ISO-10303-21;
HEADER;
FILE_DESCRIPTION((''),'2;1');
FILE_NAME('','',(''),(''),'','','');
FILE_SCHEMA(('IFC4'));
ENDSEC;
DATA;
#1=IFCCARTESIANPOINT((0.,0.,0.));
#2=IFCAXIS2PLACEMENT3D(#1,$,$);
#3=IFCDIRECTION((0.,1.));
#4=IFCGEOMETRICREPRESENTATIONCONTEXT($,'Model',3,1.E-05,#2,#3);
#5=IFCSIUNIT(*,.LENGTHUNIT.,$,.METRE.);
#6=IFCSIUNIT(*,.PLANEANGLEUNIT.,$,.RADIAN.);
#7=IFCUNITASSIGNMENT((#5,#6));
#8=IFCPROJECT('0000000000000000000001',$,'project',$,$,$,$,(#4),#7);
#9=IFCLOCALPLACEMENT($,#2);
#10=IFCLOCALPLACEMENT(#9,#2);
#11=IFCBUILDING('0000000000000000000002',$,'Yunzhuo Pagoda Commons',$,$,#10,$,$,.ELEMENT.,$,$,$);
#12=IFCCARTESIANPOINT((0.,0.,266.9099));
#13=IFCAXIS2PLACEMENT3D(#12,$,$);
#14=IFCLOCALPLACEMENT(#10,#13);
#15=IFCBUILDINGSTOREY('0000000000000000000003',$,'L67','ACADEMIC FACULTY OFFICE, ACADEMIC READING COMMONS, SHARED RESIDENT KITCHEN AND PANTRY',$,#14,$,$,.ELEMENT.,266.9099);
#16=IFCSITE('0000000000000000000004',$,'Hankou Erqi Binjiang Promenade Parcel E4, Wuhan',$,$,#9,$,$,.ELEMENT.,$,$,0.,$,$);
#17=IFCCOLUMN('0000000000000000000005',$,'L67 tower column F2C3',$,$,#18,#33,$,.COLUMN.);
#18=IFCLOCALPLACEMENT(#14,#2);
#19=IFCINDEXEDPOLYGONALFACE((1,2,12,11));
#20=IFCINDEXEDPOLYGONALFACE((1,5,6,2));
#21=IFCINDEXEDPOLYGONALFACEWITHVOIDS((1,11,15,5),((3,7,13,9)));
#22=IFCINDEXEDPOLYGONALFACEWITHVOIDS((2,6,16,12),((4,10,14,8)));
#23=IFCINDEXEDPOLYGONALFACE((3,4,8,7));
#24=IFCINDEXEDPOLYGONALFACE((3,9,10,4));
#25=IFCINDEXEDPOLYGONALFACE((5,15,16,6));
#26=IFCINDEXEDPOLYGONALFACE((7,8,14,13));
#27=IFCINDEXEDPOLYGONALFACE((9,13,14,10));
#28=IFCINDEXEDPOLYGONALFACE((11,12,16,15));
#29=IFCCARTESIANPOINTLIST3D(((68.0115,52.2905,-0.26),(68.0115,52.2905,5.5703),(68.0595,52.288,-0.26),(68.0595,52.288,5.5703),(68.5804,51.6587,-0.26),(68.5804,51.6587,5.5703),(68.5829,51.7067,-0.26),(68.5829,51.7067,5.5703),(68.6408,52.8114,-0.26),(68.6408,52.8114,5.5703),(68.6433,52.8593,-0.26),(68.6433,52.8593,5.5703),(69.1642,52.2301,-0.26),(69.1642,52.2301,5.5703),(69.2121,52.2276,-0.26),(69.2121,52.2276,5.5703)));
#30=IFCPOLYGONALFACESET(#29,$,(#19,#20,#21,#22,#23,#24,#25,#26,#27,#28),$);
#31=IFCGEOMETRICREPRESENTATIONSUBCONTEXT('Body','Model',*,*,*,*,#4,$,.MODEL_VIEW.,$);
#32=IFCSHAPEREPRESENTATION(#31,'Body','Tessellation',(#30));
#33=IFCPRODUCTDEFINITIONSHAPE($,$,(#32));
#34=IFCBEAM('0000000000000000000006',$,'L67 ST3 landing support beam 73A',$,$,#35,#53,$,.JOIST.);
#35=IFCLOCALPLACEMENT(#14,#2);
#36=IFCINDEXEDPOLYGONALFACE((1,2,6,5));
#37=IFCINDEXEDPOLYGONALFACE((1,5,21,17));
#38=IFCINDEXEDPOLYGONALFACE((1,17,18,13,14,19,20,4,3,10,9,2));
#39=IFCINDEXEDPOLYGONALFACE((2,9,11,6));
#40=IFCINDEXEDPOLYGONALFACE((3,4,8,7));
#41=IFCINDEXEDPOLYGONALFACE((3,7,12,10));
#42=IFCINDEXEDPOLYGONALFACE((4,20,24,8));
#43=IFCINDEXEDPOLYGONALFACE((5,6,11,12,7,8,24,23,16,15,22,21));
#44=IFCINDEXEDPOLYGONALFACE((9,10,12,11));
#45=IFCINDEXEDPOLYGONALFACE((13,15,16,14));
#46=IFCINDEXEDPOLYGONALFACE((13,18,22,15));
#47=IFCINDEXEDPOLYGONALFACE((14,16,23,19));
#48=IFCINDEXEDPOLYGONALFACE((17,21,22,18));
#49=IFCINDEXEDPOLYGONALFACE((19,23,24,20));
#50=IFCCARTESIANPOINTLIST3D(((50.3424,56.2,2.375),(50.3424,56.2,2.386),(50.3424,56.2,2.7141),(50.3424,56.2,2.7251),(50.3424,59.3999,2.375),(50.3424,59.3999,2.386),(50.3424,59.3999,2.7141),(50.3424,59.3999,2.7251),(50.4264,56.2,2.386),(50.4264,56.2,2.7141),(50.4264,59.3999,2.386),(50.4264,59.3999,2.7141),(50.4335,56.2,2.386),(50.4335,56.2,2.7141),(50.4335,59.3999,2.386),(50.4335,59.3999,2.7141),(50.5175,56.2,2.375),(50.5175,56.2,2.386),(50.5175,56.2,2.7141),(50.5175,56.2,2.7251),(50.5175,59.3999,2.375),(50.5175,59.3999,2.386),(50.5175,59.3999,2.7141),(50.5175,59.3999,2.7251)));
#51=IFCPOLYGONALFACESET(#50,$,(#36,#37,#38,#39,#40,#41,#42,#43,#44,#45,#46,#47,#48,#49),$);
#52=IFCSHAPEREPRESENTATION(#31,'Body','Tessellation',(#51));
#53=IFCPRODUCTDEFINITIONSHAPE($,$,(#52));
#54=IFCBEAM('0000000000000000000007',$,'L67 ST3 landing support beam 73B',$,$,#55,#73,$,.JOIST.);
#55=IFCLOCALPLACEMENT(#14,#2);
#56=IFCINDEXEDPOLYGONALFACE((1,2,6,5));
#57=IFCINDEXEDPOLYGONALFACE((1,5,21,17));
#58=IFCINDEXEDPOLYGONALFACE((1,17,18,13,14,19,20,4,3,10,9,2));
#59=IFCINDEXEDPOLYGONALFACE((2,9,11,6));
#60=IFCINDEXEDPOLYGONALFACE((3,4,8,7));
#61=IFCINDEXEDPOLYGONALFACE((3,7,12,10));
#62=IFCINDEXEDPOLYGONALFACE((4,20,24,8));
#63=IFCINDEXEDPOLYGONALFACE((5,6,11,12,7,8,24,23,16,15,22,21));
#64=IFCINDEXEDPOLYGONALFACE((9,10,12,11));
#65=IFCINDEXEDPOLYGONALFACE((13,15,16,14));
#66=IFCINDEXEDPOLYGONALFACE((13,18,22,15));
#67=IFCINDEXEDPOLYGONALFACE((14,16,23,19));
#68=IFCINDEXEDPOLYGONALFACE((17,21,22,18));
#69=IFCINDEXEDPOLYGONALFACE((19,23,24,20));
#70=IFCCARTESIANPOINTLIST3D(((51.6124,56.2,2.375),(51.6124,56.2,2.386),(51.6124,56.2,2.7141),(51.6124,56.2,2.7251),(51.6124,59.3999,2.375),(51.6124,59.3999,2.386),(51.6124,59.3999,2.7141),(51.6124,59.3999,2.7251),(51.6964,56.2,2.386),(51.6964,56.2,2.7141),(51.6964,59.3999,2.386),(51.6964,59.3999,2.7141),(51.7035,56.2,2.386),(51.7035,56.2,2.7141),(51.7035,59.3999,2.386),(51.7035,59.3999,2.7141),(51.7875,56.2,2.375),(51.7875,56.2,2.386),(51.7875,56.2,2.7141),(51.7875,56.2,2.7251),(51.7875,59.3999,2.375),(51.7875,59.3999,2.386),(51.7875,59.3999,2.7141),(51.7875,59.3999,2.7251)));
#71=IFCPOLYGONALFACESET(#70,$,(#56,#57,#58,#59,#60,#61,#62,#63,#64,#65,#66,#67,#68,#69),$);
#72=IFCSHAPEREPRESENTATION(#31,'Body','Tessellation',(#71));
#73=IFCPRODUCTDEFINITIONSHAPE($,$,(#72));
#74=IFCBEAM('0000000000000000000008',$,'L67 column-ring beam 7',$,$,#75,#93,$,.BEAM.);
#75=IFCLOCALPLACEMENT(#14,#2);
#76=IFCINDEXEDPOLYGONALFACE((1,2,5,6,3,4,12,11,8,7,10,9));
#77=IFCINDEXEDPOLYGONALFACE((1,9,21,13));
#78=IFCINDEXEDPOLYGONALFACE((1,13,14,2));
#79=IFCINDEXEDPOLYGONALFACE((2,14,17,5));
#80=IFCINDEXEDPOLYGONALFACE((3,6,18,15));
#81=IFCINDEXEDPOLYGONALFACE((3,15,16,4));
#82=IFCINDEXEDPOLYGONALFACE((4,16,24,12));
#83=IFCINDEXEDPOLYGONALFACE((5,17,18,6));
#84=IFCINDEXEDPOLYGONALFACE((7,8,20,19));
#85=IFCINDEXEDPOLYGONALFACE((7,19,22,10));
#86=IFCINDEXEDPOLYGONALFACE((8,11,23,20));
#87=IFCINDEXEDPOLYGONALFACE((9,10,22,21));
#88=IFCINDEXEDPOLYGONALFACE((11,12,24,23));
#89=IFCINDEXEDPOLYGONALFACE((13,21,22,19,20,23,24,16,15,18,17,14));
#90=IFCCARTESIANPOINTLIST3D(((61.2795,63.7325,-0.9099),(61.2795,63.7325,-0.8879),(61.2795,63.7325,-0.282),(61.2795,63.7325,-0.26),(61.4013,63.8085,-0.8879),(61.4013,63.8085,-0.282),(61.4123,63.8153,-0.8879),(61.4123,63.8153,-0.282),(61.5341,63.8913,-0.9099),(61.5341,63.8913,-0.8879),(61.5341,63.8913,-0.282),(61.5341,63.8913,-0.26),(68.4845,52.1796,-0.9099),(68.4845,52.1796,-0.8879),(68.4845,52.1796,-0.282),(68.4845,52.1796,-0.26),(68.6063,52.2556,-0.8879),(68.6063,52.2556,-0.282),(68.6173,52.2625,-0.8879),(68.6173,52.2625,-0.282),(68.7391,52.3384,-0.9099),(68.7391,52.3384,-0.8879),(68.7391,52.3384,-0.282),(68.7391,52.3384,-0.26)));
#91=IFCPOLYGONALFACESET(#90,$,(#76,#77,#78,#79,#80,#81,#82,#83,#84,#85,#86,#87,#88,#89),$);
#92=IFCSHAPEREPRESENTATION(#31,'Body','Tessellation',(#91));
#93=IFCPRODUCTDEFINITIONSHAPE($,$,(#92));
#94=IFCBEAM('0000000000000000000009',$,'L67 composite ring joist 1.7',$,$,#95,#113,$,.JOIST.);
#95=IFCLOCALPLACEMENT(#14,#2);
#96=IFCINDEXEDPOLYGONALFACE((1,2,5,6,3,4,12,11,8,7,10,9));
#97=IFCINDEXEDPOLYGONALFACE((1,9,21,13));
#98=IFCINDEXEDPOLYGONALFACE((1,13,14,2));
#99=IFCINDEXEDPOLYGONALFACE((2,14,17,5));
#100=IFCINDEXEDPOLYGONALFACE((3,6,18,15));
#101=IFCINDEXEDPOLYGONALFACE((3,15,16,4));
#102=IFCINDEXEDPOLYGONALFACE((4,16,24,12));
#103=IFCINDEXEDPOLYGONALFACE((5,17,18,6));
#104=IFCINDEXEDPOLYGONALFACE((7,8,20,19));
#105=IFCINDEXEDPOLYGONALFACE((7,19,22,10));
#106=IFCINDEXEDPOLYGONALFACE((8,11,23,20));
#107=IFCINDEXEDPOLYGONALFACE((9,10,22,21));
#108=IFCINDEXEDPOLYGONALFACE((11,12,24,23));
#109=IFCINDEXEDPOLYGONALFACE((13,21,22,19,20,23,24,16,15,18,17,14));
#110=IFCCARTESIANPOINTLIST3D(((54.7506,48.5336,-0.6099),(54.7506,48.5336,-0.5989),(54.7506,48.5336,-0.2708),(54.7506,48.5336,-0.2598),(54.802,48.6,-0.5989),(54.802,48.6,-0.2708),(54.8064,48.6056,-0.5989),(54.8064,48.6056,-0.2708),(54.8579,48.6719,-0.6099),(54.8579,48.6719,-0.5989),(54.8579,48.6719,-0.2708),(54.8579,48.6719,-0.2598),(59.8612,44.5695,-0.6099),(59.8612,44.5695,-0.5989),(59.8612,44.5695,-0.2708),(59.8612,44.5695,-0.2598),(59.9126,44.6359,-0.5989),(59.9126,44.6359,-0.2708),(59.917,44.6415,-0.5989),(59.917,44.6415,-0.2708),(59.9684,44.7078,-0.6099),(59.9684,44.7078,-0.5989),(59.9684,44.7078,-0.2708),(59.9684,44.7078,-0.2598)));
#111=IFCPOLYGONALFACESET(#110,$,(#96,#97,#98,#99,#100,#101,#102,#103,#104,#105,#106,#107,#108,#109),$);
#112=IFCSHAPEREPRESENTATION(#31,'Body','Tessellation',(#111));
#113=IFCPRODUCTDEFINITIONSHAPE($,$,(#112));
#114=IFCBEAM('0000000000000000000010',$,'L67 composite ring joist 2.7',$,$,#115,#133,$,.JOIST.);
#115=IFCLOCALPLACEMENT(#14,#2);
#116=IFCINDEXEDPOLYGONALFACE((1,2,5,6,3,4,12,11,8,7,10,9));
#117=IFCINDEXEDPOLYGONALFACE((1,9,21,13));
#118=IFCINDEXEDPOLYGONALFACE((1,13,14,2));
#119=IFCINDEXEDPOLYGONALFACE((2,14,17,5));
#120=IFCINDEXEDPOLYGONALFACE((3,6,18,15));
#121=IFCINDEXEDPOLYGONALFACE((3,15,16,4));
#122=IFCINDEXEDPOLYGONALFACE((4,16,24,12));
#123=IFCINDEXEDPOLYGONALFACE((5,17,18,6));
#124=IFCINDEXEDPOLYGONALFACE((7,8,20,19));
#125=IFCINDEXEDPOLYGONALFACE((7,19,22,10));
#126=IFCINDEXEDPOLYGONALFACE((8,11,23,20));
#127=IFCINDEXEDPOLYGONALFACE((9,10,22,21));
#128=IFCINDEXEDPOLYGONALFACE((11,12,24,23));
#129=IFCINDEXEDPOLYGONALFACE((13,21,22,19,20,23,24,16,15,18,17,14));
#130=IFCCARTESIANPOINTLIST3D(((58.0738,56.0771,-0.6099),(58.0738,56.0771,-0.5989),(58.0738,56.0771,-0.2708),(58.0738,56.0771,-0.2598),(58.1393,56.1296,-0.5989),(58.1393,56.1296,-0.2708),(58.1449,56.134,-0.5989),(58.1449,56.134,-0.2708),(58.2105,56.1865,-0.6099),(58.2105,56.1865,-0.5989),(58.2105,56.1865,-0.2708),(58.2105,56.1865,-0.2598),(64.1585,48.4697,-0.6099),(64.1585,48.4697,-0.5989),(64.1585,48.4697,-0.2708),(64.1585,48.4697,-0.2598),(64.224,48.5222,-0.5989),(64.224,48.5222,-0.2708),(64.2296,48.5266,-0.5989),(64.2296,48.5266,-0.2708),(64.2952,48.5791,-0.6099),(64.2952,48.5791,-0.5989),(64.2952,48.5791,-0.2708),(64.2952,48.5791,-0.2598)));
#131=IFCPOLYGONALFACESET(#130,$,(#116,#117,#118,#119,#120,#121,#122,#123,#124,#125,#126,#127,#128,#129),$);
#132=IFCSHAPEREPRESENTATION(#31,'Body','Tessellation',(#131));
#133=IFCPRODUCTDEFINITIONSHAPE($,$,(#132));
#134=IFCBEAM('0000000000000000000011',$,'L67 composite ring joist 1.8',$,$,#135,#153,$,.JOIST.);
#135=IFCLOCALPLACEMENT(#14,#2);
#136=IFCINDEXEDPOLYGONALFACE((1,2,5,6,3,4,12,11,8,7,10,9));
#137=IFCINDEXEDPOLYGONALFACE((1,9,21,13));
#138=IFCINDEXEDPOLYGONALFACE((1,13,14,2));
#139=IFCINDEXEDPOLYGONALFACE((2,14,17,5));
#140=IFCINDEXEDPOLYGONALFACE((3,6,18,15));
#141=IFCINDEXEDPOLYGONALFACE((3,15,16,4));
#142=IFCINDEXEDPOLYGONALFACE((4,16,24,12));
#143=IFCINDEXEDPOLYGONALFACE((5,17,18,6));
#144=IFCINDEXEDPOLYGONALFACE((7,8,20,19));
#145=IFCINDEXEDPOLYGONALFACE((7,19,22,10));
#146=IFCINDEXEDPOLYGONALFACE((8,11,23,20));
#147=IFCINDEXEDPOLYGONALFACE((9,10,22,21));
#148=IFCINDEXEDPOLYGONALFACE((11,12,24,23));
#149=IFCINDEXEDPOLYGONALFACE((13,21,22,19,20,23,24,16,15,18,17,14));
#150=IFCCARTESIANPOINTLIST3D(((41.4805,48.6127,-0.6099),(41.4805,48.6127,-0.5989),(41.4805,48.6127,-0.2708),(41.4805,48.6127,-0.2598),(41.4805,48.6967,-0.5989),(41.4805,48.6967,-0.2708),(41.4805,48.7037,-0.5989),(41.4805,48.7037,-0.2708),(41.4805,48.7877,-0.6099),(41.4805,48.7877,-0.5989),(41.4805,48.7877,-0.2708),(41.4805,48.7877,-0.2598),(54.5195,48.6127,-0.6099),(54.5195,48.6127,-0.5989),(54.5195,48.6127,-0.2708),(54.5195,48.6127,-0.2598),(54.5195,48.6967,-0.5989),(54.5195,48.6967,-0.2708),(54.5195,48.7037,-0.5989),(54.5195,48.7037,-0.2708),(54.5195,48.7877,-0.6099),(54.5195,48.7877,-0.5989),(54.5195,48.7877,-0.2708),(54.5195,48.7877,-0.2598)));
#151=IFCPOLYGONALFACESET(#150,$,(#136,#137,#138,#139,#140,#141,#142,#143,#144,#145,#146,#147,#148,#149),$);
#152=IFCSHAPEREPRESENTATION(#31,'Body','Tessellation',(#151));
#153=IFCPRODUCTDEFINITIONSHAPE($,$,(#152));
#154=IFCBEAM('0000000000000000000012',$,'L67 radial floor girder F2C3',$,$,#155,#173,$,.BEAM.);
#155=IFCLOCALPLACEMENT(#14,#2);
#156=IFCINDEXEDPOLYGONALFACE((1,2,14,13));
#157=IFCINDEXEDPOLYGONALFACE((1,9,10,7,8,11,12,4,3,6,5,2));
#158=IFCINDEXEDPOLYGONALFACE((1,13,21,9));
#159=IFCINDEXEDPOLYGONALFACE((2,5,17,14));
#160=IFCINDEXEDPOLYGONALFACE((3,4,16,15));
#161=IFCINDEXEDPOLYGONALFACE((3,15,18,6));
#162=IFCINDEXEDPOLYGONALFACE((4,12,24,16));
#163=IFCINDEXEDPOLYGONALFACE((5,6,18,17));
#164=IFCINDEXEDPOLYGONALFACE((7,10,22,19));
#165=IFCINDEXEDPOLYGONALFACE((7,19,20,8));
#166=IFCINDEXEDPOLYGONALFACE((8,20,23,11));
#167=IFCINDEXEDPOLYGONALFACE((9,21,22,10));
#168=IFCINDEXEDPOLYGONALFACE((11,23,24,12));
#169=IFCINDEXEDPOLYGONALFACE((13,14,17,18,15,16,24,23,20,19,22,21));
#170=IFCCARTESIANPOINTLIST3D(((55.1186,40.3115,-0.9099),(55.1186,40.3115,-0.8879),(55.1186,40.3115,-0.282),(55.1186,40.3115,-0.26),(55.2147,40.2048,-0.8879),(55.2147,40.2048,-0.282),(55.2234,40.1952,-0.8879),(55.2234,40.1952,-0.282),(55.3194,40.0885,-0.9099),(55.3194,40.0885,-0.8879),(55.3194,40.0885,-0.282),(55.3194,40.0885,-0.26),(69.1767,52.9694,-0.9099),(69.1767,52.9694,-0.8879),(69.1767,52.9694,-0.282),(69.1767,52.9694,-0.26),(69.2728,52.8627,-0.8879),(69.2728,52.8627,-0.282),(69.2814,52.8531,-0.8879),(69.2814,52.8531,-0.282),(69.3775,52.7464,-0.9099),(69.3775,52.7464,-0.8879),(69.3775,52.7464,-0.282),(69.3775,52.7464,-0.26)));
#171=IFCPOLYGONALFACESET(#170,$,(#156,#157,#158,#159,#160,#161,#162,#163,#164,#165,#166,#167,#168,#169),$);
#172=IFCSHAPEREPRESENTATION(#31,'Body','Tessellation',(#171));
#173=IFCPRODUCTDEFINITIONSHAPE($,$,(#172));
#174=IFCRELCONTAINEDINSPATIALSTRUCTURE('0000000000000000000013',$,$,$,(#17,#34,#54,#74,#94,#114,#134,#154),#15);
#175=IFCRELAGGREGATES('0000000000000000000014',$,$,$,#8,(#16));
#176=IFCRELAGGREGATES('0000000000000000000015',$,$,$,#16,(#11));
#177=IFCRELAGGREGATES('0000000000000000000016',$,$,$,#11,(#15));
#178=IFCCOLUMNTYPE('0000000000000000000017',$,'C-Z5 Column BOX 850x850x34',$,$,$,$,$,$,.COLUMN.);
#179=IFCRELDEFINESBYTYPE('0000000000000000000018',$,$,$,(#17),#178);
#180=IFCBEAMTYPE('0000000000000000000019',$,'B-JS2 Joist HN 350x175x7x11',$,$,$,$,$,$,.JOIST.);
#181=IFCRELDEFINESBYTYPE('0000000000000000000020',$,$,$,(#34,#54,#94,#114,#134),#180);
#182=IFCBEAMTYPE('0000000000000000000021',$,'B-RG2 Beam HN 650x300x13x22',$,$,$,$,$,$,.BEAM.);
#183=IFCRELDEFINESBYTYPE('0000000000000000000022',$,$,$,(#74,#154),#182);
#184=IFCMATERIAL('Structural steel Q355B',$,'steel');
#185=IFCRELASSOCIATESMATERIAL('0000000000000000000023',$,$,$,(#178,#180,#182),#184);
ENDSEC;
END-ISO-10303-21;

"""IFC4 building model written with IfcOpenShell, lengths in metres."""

from ifc_helpers import new_model, si_unit, direction, frame, origin, origin_2d, place, context, subcontext, project, spatial, hollow_rectangle, i_section, extrude, source, transform, mapped, material, material_profile, profile_set, type_object, element, save


model = new_model("IFC4")

# Units and contexts
model_context = context("Model", 3, precision=1e-05, world=origin(), true_north=direction((0.0, 1.0)))
body_context = subcontext(model_context, "Body", "Model", "MODEL_VIEW")
ifc_project = project(units=[si_unit("LENGTHUNIT", "METRE"), si_unit("PLANEANGLEUNIT", "RADIAN")], contexts=[model_context])

# Site, building, storey
site_placement = place(None, origin())
site = spatial("IfcSite", under=ifc_project, at=site_placement, Name="Hankou Erqi Binjiang Promenade Parcel E4, Wuhan", CompositionType="ELEMENT", RefElevation=0.0)
building_placement = place(site_placement, origin())
building = spatial("IfcBuilding", under=site, at=building_placement, Name="Yunzhuo Pagoda Commons", CompositionType="ELEMENT")
storey_placement = place(building_placement, frame((0.0, 0.0, 266.9099)))
storey = spatial("IfcBuildingStorey", under=building, at=storey_placement, Name="L67", Description="ACADEMIC FACULTY OFFICE, ACADEMIC READING COMMONS, SHARED RESIDENT KITCHEN AND PANTRY", CompositionType="ELEMENT", Elevation=266.9099)

# Column
ifc_material_1 = material(Name="Structural steel Q355B", Category="steel")
ifc_material_profile_1 = material_profile(ifc_material_1, hollow_rectangle(XDim=0.8501, YDim=0.8501, WallThickness=0.0339, at=origin_2d()), Name="Structural steel Q355B")
ifc_profile_set_1 = profile_set([ifc_material_profile_1], Name="Structural steel Q355B")
column_type = type_object("IfcColumnType", Name="C-Z5 Column BOX 850x850x34", PredefinedType="COLUMN", material=ifc_profile_set_1)
shared_shape_1 = source(origin(), body_context, "Body", "SweptSolid", [
    extrude(hollow_rectangle(XDim=0.8501, YDim=0.8501, WallThickness=0.0339, at=origin_2d()), origin(), (0.0, 0.0, 1.0), 5.8303),
])
column_placement = place(storey_placement, frame((68.6118, 52.259, -0.26), z_axis=(0.0, 0.0, 1.0), x_axis=(-0.669131, 0.743145, 0.0)))
element("IfcColumn", 1, at=column_placement, inside=storey, type_object=column_type, Name="L67 tower column F2C3", PredefinedType="COLUMN", context=body_context, shape_type="MappedRepresentation", body=[
    mapped(shared_shape_1, transform((0.0, 0.0, 0.0), scale=1.0)),
])

# Beams
ifc_material_profile_2 = material_profile(ifc_material_1, i_section(OverallWidth=0.175, OverallDepth=0.3501, WebThickness=0.0071, FlangeThickness=0.011, at=origin_2d()), Name="Structural steel Q355B")
ifc_profile_set_2 = profile_set([ifc_material_profile_2], Name="Structural steel Q355B")
beam_type_1 = type_object("IfcBeamType", Name="B-JS2 Joist HN 350x175x7x11", PredefinedType="JOIST", material=ifc_profile_set_2)
shared_shape_2 = source(origin(), body_context, "Body", "SweptSolid", [
    extrude(i_section(OverallWidth=0.175, OverallDepth=0.3501, WebThickness=0.0071, FlangeThickness=0.011, at=origin_2d()), origin(), (0.0, 0.0, 1.0), 3.2),
])
for number, where, z_axis, x_axis, name in (
    (2, (50.4299, 56.2, 2.55), (0.0, 1.0, 0.0), (-1.0, 0.0, 0.0), "L67 ST3 landing support beam 73A"),
    (3, (51.7, 56.2, 2.55), (0.0, 1.0, 0.0), (-1.0, 0.0, 0.0), "L67 ST3 landing support beam 73B"),
):
    element("IfcBeam", number, at=place(storey_placement, frame(where, z_axis=z_axis, x_axis=x_axis)), inside=storey, type_object=beam_type_1, Name=name, PredefinedType="JOIST", context=body_context, shape_type="MappedRepresentation", body=[
        mapped(shared_shape_2, transform((0.0, 0.0, 0.0), scale=1.0)),
    ])
ifc_material_profile_3 = material_profile(ifc_material_1, i_section(OverallWidth=0.3, OverallDepth=0.6499, WebThickness=0.0129, FlangeThickness=0.022, at=origin_2d()), Name="Structural steel Q355B")
ifc_profile_set_3 = profile_set([ifc_material_profile_3], Name="Structural steel Q355B")
beam_type_2 = type_object("IfcBeamType", Name="B-RG2 Beam HN 650x300x13x22", PredefinedType="BEAM", material=ifc_profile_set_3)
shared_shape_3 = source(origin(), body_context, "Body", "SweptSolid", [
    extrude(i_section(OverallWidth=0.3, OverallDepth=0.6499, WebThickness=0.0129, FlangeThickness=0.022, at=origin_2d()), origin(), (0.0, 0.0, 1.0), 13.6155),
])
beam_1_placement = place(storey_placement, frame((68.6118, 52.259, -0.585), z_axis=(-0.529178, 0.848511, 0.0), x_axis=(-0.848511, -0.529178, 0.0)))
element("IfcBeam", 4, at=beam_1_placement, inside=storey, type_object=beam_type_2, Name="L67 column-ring beam 7", PredefinedType="BEAM", context=body_context, shape_type="MappedRepresentation", body=[
    mapped(shared_shape_3, transform((0.0, 0.0, 0.0), scale=1.0)),
])
shared_shape_4 = source(origin(), body_context, "Body", "SweptSolid", [
    extrude(i_section(OverallWidth=0.175, OverallDepth=0.3501, WebThickness=0.0071, FlangeThickness=0.011, at=origin_2d()), origin(), (0.0, 0.0, 1.0), 6.4678),
])
beam_2_placement = place(storey_placement, frame((59.9148, 44.6387, -0.4348), z_axis=(-0.79016, 0.6129, 0.0), x_axis=(-0.6129, -0.79016, 0.0)))
element("IfcBeam", 5, at=beam_2_placement, inside=storey, type_object=beam_type_1, Name="L67 composite ring joist 1.7", PredefinedType="JOIST", context=body_context, shape_type="MappedRepresentation", body=[
    mapped(shared_shape_4, transform((0.0, 0.0, 0.0), scale=1.0)),
])
shared_shape_5 = source(origin(), body_context, "Body", "SweptSolid", [
    extrude(i_section(OverallWidth=0.175, OverallDepth=0.3501, WebThickness=0.0071, FlangeThickness=0.011, at=origin_2d()), origin(), (0.0, 0.0, 1.0), 9.7415),
])
beam_3_placement = place(storey_placement, frame((64.2268, 48.5244, -0.4348), z_axis=(-0.624619, 0.78093, 0.0), x_axis=(-0.78093, -0.624619, 0.0)))
element("IfcBeam", 6, at=beam_3_placement, inside=storey, type_object=beam_type_1, Name="L67 composite ring joist 2.7", PredefinedType="JOIST", context=body_context, shape_type="MappedRepresentation", body=[
    mapped(shared_shape_5, transform((0.0, 0.0, 0.0), scale=1.0)),
])
shared_shape_6 = source(origin(), body_context, "Body", "SweptSolid", [
    extrude(i_section(OverallWidth=0.175, OverallDepth=0.3501, WebThickness=0.0071, FlangeThickness=0.011, at=origin_2d()), origin(), (0.0, 0.0, 1.0), 13.0391),
])
beam_4_placement = place(storey_placement, frame((54.5195, 48.7002, -0.4348), z_axis=(-1.0, 0.0, 0.0), x_axis=(0.0, -1.0, 0.0)))
element("IfcBeam", 7, at=beam_4_placement, inside=storey, type_object=beam_type_1, Name="L67 composite ring joist 1.8", PredefinedType="JOIST", context=body_context, shape_type="MappedRepresentation", body=[
    mapped(shared_shape_6, transform((0.0, 0.0, 0.0), scale=1.0)),
])
shared_shape_7 = source(origin(), body_context, "Body", "SweptSolid", [
    extrude(i_section(OverallWidth=0.3, OverallDepth=0.6499, WebThickness=0.0129, FlangeThickness=0.022, at=origin_2d()), origin(), (0.0, 0.0, 1.0), 18.917),
])
beam_5_placement = place(storey_placement, frame((69.2771, 52.8579, -0.585), z_axis=(-0.743145, -0.66913, 0.0), x_axis=(0.66913, -0.743145, 0.0)))
element("IfcBeam", 8, at=beam_5_placement, inside=storey, type_object=beam_type_2, Name="L67 radial floor girder F2C3", PredefinedType="BEAM", context=body_context, shape_type="MappedRepresentation", body=[
    mapped(shared_shape_7, transform((0.0, 0.0, 0.0), scale=1.0)),
])

save(model, "model.ifc")
